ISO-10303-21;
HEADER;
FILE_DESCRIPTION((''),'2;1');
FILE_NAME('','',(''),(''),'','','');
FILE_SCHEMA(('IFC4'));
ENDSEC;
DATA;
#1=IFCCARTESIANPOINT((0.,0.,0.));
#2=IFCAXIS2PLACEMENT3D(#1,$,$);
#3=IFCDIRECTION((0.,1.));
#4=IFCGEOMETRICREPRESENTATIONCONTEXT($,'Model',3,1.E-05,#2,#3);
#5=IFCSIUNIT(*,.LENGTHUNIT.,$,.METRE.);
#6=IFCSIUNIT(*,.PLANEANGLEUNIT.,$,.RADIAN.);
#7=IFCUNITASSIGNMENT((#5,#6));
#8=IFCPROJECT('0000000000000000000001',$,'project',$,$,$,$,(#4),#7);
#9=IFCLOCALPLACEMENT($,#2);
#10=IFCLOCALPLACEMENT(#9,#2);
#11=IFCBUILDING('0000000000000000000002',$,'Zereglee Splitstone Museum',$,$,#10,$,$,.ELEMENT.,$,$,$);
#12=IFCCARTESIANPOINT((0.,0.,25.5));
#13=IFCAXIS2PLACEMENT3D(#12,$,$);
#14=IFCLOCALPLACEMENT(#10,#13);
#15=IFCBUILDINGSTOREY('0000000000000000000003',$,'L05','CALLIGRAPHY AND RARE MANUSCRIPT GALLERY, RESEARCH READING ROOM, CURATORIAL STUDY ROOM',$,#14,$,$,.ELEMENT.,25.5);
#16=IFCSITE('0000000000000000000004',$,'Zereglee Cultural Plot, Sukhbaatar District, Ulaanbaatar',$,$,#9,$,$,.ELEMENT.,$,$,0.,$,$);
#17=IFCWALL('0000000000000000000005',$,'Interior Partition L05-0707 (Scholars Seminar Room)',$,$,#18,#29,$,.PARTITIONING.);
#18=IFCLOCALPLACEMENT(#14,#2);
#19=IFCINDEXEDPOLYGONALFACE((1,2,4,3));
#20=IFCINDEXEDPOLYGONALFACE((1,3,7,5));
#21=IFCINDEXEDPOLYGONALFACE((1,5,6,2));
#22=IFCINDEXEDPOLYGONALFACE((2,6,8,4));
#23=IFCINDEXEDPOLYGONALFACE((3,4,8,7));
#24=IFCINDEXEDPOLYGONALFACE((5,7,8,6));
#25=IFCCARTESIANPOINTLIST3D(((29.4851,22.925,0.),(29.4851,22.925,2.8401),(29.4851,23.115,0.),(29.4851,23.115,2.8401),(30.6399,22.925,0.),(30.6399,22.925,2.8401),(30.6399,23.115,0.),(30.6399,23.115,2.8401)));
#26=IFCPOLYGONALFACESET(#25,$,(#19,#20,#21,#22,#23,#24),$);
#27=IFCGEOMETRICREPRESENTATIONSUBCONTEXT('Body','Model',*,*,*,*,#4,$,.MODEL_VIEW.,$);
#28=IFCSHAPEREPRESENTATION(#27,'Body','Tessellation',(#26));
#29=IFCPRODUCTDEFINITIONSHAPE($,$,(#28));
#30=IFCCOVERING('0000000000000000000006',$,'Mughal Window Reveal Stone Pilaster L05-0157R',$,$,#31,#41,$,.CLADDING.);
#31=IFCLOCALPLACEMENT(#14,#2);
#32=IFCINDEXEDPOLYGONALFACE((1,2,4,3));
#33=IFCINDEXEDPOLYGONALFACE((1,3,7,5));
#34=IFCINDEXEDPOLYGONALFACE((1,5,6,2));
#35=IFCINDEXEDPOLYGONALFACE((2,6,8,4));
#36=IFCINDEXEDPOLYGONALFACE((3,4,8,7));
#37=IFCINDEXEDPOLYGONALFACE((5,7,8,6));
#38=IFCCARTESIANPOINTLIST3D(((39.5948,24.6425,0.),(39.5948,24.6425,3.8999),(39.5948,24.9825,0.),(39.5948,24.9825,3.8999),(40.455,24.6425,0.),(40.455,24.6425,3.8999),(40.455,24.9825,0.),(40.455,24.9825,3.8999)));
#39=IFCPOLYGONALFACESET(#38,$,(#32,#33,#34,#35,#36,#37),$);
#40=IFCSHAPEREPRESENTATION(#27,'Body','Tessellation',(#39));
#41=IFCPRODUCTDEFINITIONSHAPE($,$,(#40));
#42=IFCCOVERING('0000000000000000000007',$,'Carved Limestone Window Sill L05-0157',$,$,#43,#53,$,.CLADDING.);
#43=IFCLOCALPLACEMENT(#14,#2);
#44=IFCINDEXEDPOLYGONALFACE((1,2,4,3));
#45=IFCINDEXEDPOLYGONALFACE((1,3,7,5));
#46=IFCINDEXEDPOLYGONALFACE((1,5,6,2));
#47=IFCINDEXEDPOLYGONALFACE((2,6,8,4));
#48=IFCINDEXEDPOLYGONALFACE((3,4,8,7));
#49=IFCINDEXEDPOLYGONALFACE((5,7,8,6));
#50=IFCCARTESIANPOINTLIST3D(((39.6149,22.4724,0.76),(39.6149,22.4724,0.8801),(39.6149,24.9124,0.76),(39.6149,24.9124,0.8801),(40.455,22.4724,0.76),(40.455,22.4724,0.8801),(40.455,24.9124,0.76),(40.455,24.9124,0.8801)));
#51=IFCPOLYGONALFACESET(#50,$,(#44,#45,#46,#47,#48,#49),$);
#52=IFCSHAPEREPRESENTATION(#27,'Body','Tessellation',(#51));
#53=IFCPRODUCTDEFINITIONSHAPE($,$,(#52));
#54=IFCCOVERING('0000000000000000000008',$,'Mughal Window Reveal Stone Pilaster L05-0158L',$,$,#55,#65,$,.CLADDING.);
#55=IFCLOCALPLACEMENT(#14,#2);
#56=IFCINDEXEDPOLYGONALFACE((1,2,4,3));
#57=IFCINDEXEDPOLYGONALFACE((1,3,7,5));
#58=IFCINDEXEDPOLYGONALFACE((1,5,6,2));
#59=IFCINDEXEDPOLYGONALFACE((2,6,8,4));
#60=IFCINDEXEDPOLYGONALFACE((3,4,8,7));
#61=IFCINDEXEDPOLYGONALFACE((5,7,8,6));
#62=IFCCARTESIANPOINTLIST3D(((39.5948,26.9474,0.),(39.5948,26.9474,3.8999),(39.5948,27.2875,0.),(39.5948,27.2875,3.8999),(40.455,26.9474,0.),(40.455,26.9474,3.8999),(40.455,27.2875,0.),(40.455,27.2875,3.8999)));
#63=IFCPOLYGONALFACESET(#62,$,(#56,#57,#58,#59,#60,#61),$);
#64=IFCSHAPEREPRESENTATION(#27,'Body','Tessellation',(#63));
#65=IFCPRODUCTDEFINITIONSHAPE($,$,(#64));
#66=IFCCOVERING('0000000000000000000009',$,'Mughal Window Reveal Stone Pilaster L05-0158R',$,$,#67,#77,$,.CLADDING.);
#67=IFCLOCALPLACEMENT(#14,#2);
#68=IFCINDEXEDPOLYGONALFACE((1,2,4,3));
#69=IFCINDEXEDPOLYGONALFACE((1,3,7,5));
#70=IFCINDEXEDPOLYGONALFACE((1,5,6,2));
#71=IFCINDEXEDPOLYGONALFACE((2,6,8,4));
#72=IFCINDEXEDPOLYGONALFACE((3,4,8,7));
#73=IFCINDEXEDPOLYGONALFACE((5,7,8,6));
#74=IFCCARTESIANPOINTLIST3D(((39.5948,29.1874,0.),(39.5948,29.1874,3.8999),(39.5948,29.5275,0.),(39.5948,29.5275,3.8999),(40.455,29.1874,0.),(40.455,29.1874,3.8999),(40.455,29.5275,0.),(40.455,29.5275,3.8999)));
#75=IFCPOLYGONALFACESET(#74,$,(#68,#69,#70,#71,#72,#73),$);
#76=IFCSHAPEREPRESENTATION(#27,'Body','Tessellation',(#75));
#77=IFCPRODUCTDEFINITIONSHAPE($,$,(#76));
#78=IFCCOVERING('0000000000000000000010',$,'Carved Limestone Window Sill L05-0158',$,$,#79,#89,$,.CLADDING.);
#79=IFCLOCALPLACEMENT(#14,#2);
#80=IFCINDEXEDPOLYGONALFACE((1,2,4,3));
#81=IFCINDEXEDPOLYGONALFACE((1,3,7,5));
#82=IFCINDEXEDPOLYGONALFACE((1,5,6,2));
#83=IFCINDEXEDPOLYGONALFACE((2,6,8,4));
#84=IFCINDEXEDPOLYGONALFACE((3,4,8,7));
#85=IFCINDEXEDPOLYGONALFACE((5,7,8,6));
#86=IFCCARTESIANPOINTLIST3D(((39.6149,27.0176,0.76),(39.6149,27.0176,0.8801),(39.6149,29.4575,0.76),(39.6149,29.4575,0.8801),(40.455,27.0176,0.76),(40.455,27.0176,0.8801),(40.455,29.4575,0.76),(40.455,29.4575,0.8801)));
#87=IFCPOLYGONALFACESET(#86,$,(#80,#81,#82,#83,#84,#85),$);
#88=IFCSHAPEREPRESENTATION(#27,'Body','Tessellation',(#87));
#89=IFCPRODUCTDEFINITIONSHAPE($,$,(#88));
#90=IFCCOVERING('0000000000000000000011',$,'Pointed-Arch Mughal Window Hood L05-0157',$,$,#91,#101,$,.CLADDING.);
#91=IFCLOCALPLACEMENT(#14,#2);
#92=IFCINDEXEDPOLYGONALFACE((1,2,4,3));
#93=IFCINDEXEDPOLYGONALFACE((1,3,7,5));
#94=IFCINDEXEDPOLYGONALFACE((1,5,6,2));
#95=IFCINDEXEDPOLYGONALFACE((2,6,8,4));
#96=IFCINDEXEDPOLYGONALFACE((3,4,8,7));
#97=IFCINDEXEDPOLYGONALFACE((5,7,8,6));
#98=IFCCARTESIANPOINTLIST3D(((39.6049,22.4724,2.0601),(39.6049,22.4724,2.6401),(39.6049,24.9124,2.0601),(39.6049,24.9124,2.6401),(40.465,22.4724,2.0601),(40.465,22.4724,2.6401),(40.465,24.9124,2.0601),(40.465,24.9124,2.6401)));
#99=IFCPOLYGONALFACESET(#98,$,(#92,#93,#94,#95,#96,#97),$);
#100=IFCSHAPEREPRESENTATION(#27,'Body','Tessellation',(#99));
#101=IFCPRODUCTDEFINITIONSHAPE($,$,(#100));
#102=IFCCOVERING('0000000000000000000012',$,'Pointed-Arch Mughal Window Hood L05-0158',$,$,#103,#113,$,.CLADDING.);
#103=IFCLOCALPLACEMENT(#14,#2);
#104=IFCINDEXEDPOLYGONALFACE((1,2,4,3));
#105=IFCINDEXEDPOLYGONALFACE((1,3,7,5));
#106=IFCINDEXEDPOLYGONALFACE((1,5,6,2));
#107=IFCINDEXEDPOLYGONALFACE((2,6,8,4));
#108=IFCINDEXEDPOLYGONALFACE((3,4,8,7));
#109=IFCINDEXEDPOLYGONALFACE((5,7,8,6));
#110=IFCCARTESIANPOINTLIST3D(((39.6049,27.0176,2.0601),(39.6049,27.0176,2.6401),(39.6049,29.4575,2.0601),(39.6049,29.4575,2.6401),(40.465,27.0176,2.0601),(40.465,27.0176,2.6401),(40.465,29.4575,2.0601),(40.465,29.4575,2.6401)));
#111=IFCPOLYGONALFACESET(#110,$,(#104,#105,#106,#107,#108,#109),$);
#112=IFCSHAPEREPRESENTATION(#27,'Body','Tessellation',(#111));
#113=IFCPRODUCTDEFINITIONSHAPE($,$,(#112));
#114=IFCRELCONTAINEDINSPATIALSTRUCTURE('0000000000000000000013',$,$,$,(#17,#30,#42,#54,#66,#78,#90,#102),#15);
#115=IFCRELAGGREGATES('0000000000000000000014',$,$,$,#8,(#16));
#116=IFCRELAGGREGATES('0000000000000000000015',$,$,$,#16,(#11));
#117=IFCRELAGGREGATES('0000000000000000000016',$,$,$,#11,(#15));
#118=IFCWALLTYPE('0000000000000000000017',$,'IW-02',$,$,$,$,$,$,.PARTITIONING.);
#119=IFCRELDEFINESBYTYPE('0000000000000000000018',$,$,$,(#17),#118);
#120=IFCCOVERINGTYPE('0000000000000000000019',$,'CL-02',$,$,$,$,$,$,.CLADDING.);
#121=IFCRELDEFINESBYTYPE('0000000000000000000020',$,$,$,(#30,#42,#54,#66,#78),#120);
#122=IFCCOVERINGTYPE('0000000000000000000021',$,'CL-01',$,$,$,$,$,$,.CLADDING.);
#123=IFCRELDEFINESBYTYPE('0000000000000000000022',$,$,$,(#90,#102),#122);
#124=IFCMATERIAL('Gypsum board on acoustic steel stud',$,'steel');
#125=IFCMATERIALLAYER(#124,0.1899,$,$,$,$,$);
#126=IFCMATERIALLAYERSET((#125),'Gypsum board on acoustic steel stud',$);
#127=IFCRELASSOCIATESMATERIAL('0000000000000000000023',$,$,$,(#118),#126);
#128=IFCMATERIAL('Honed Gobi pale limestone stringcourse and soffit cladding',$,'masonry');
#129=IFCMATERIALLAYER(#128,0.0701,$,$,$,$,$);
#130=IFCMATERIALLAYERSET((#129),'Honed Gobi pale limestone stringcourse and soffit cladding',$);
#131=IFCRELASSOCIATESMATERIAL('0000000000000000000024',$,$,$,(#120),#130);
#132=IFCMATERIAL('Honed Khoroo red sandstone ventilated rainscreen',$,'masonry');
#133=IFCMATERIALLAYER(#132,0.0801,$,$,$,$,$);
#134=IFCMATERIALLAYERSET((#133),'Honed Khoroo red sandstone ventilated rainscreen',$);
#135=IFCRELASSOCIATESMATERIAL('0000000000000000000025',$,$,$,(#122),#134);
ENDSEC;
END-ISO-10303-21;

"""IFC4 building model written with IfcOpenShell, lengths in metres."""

from ifc_helpers import new_model, si_unit, direction, frame, frame_2d, origin, origin_2d, place, context, subcontext, project, spatial, rectangle, extrude, material, layer, layer_set, type_object, element, save


model = new_model("IFC4")

# Units and contexts
model_context = context("Model", 3, precision=1e-05, world=origin(), true_north=direction((0.0, 1.0)))
body_context = subcontext(model_context, "Body", "Model", "MODEL_VIEW")
ifc_project = project(units=[si_unit("LENGTHUNIT", "METRE"), si_unit("PLANEANGLEUNIT", "RADIAN")], contexts=[model_context])

# Site, building, storey
site_placement = place(None, origin())
site = spatial("IfcSite", under=ifc_project, at=site_placement, Name="Zereglee Cultural Plot, Sukhbaatar District, Ulaanbaatar", CompositionType="ELEMENT", RefElevation=0.0)
building_placement = place(site_placement, origin())
building = spatial("IfcBuilding", under=site, at=building_placement, Name="Zereglee Splitstone Museum", CompositionType="ELEMENT")
storey_placement = place(building_placement, frame((0.0, 0.0, 25.5)))
storey = spatial("IfcBuildingStorey", under=building, at=storey_placement, Name="L05", Description="CALLIGRAPHY AND RARE MANUSCRIPT GALLERY, RESEARCH READING ROOM, CURATORIAL STUDY ROOM", CompositionType="ELEMENT", Elevation=25.5)

# Wall
ifc_material_1 = material(Name="Gypsum board on acoustic steel stud", Category="steel")
ifc_layer_1 = layer(ifc_material_1, 0.1899)
ifc_layer_set_1 = layer_set([ifc_layer_1], Name="Gypsum board on acoustic steel stud")
wall_type_1 = type_object("IfcWallType", Name="IW-02", PredefinedType="PARTITIONING", material=ifc_layer_set_1)
wall_1_placement = place(storey_placement, frame((29.4851, 23.02, 0.0), z_axis=(0.0, 0.0, 1.0), x_axis=(1.0, 0.0, 0.0)))
element("IfcWall", 1, at=wall_1_placement, inside=storey, type_object=wall_type_1, Name="Interior Partition L05-0707 (Scholars Seminar Room)", PredefinedType="PARTITIONING", context=body_context, shape_type="SweptSolid", body=[
    extrude(rectangle(XDim=1.1548, YDim=0.1899, at=frame_2d((0.5774, 0.0))), origin(), (0.0, 0.0, 1.0), 2.8401),
])

# Coverings
ifc_material_2 = material(Name="Honed Gobi pale limestone stringcourse and soffit cladding", Category="masonry")
ifc_layer_2 = layer(ifc_material_2, 0.0701)
ifc_layer_set_2 = layer_set([ifc_layer_2], Name="Honed Gobi pale limestone stringcourse and soffit cladding")
covering_type_1 = type_object("IfcCoveringType", Name="CL-02", PredefinedType="CLADDING", material=ifc_layer_set_2)
covering_1_placement = place(storey_placement, frame((40.0249, 24.8125, 0.0), z_axis=(0.0, 0.0, 1.0), x_axis=(0.0, 1.0, 0.0)))
element("IfcCovering", 2, at=covering_1_placement, inside=storey, type_object=covering_type_1, Name="Mughal Window Reveal Stone Pilaster L05-0157R", PredefinedType="CLADDING", context=body_context, shape_type="SweptSolid", body=[
    extrude(rectangle(XDim=0.3401, YDim=0.8601, at=origin_2d()), origin(), (0.0, 0.0, 1.0), 3.8999),
])
covering_2_placement = place(storey_placement, frame((40.0349, 23.6924, 0.76), z_axis=(0.0, 0.0, 1.0), x_axis=(0.0, 1.0, 0.0)))
element("IfcCovering", 3, at=covering_2_placement, inside=storey, type_object=covering_type_1, Name="Carved Limestone Window Sill L05-0157", PredefinedType="CLADDING", context=body_context, shape_type="SweptSolid", body=[
    extrude(rectangle(XDim=2.4399, YDim=0.8401, at=origin_2d()), origin(), (0.0, 0.0, 1.0), 0.1201),
])
for number, where, z_axis, x_axis, name in (
    (4, (40.0249, 27.1174, 0.0), (0.0, 0.0, 1.0), (0.0, 1.0, 0.0), "Mughal Window Reveal Stone Pilaster L05-0158L"),
    (5, (40.0249, 29.3574, 0.0), (0.0, 0.0, 1.0), (0.0, 1.0, 0.0), "Mughal Window Reveal Stone Pilaster L05-0158R"),
):
    element("IfcCovering", number, at=place(storey_placement, frame(where, z_axis=z_axis, x_axis=x_axis)), inside=storey, type_object=covering_type_1, Name=name, PredefinedType="CLADDING", context=body_context, shape_type="SweptSolid", body=[
        extrude(rectangle(XDim=0.3401, YDim=0.8601, at=origin_2d()), origin(), (0.0, 0.0, 1.0), 3.8999),
    ])
covering_3_placement = place(storey_placement, frame((40.0349, 28.2375, 0.76), z_axis=(0.0, 0.0, 1.0), x_axis=(0.0, 1.0, 0.0)))
element("IfcCovering", 6, at=covering_3_placement, inside=storey, type_object=covering_type_1, Name="Carved Limestone Window Sill L05-0158", PredefinedType="CLADDING", context=body_context, shape_type="SweptSolid", body=[
    extrude(rectangle(XDim=2.4399, YDim=0.8401, at=origin_2d()), origin(), (0.0, 0.0, 1.0), 0.1201),
])
ifc_material_3 = material(Name="Honed Khoroo red sandstone ventilated rainscreen", Category="masonry")
ifc_layer_3 = layer(ifc_material_3, 0.0801)
ifc_layer_set_3 = layer_set([ifc_layer_3], Name="Honed Khoroo red sandstone ventilated rainscreen")
covering_type_2 = type_object("IfcCoveringType", Name="CL-01", PredefinedType="CLADDING", material=ifc_layer_set_3)
for number, where, z_axis, x_axis, name in (
    (7, (40.0349, 23.6924, 2.0601), (0.0, 0.0, 1.0), (0.0, 1.0, 0.0), "Pointed-Arch Mughal Window Hood L05-0157"),
    (8, (40.0349, 28.2375, 2.0601), (0.0, 0.0, 1.0), (0.0, 1.0, 0.0), "Pointed-Arch Mughal Window Hood L05-0158"),
):
    element("IfcCovering", number, at=place(storey_placement, frame(where, z_axis=z_axis, x_axis=x_axis)), inside=storey, type_object=covering_type_2, Name=name, PredefinedType="CLADDING", context=body_context, shape_type="SweptSolid", body=[
        extrude(rectangle(XDim=2.4399, YDim=0.8601, at=origin_2d()), origin(), (0.0, 0.0, 1.0), 0.5801),
    ])

save(model, "model.ifc")
